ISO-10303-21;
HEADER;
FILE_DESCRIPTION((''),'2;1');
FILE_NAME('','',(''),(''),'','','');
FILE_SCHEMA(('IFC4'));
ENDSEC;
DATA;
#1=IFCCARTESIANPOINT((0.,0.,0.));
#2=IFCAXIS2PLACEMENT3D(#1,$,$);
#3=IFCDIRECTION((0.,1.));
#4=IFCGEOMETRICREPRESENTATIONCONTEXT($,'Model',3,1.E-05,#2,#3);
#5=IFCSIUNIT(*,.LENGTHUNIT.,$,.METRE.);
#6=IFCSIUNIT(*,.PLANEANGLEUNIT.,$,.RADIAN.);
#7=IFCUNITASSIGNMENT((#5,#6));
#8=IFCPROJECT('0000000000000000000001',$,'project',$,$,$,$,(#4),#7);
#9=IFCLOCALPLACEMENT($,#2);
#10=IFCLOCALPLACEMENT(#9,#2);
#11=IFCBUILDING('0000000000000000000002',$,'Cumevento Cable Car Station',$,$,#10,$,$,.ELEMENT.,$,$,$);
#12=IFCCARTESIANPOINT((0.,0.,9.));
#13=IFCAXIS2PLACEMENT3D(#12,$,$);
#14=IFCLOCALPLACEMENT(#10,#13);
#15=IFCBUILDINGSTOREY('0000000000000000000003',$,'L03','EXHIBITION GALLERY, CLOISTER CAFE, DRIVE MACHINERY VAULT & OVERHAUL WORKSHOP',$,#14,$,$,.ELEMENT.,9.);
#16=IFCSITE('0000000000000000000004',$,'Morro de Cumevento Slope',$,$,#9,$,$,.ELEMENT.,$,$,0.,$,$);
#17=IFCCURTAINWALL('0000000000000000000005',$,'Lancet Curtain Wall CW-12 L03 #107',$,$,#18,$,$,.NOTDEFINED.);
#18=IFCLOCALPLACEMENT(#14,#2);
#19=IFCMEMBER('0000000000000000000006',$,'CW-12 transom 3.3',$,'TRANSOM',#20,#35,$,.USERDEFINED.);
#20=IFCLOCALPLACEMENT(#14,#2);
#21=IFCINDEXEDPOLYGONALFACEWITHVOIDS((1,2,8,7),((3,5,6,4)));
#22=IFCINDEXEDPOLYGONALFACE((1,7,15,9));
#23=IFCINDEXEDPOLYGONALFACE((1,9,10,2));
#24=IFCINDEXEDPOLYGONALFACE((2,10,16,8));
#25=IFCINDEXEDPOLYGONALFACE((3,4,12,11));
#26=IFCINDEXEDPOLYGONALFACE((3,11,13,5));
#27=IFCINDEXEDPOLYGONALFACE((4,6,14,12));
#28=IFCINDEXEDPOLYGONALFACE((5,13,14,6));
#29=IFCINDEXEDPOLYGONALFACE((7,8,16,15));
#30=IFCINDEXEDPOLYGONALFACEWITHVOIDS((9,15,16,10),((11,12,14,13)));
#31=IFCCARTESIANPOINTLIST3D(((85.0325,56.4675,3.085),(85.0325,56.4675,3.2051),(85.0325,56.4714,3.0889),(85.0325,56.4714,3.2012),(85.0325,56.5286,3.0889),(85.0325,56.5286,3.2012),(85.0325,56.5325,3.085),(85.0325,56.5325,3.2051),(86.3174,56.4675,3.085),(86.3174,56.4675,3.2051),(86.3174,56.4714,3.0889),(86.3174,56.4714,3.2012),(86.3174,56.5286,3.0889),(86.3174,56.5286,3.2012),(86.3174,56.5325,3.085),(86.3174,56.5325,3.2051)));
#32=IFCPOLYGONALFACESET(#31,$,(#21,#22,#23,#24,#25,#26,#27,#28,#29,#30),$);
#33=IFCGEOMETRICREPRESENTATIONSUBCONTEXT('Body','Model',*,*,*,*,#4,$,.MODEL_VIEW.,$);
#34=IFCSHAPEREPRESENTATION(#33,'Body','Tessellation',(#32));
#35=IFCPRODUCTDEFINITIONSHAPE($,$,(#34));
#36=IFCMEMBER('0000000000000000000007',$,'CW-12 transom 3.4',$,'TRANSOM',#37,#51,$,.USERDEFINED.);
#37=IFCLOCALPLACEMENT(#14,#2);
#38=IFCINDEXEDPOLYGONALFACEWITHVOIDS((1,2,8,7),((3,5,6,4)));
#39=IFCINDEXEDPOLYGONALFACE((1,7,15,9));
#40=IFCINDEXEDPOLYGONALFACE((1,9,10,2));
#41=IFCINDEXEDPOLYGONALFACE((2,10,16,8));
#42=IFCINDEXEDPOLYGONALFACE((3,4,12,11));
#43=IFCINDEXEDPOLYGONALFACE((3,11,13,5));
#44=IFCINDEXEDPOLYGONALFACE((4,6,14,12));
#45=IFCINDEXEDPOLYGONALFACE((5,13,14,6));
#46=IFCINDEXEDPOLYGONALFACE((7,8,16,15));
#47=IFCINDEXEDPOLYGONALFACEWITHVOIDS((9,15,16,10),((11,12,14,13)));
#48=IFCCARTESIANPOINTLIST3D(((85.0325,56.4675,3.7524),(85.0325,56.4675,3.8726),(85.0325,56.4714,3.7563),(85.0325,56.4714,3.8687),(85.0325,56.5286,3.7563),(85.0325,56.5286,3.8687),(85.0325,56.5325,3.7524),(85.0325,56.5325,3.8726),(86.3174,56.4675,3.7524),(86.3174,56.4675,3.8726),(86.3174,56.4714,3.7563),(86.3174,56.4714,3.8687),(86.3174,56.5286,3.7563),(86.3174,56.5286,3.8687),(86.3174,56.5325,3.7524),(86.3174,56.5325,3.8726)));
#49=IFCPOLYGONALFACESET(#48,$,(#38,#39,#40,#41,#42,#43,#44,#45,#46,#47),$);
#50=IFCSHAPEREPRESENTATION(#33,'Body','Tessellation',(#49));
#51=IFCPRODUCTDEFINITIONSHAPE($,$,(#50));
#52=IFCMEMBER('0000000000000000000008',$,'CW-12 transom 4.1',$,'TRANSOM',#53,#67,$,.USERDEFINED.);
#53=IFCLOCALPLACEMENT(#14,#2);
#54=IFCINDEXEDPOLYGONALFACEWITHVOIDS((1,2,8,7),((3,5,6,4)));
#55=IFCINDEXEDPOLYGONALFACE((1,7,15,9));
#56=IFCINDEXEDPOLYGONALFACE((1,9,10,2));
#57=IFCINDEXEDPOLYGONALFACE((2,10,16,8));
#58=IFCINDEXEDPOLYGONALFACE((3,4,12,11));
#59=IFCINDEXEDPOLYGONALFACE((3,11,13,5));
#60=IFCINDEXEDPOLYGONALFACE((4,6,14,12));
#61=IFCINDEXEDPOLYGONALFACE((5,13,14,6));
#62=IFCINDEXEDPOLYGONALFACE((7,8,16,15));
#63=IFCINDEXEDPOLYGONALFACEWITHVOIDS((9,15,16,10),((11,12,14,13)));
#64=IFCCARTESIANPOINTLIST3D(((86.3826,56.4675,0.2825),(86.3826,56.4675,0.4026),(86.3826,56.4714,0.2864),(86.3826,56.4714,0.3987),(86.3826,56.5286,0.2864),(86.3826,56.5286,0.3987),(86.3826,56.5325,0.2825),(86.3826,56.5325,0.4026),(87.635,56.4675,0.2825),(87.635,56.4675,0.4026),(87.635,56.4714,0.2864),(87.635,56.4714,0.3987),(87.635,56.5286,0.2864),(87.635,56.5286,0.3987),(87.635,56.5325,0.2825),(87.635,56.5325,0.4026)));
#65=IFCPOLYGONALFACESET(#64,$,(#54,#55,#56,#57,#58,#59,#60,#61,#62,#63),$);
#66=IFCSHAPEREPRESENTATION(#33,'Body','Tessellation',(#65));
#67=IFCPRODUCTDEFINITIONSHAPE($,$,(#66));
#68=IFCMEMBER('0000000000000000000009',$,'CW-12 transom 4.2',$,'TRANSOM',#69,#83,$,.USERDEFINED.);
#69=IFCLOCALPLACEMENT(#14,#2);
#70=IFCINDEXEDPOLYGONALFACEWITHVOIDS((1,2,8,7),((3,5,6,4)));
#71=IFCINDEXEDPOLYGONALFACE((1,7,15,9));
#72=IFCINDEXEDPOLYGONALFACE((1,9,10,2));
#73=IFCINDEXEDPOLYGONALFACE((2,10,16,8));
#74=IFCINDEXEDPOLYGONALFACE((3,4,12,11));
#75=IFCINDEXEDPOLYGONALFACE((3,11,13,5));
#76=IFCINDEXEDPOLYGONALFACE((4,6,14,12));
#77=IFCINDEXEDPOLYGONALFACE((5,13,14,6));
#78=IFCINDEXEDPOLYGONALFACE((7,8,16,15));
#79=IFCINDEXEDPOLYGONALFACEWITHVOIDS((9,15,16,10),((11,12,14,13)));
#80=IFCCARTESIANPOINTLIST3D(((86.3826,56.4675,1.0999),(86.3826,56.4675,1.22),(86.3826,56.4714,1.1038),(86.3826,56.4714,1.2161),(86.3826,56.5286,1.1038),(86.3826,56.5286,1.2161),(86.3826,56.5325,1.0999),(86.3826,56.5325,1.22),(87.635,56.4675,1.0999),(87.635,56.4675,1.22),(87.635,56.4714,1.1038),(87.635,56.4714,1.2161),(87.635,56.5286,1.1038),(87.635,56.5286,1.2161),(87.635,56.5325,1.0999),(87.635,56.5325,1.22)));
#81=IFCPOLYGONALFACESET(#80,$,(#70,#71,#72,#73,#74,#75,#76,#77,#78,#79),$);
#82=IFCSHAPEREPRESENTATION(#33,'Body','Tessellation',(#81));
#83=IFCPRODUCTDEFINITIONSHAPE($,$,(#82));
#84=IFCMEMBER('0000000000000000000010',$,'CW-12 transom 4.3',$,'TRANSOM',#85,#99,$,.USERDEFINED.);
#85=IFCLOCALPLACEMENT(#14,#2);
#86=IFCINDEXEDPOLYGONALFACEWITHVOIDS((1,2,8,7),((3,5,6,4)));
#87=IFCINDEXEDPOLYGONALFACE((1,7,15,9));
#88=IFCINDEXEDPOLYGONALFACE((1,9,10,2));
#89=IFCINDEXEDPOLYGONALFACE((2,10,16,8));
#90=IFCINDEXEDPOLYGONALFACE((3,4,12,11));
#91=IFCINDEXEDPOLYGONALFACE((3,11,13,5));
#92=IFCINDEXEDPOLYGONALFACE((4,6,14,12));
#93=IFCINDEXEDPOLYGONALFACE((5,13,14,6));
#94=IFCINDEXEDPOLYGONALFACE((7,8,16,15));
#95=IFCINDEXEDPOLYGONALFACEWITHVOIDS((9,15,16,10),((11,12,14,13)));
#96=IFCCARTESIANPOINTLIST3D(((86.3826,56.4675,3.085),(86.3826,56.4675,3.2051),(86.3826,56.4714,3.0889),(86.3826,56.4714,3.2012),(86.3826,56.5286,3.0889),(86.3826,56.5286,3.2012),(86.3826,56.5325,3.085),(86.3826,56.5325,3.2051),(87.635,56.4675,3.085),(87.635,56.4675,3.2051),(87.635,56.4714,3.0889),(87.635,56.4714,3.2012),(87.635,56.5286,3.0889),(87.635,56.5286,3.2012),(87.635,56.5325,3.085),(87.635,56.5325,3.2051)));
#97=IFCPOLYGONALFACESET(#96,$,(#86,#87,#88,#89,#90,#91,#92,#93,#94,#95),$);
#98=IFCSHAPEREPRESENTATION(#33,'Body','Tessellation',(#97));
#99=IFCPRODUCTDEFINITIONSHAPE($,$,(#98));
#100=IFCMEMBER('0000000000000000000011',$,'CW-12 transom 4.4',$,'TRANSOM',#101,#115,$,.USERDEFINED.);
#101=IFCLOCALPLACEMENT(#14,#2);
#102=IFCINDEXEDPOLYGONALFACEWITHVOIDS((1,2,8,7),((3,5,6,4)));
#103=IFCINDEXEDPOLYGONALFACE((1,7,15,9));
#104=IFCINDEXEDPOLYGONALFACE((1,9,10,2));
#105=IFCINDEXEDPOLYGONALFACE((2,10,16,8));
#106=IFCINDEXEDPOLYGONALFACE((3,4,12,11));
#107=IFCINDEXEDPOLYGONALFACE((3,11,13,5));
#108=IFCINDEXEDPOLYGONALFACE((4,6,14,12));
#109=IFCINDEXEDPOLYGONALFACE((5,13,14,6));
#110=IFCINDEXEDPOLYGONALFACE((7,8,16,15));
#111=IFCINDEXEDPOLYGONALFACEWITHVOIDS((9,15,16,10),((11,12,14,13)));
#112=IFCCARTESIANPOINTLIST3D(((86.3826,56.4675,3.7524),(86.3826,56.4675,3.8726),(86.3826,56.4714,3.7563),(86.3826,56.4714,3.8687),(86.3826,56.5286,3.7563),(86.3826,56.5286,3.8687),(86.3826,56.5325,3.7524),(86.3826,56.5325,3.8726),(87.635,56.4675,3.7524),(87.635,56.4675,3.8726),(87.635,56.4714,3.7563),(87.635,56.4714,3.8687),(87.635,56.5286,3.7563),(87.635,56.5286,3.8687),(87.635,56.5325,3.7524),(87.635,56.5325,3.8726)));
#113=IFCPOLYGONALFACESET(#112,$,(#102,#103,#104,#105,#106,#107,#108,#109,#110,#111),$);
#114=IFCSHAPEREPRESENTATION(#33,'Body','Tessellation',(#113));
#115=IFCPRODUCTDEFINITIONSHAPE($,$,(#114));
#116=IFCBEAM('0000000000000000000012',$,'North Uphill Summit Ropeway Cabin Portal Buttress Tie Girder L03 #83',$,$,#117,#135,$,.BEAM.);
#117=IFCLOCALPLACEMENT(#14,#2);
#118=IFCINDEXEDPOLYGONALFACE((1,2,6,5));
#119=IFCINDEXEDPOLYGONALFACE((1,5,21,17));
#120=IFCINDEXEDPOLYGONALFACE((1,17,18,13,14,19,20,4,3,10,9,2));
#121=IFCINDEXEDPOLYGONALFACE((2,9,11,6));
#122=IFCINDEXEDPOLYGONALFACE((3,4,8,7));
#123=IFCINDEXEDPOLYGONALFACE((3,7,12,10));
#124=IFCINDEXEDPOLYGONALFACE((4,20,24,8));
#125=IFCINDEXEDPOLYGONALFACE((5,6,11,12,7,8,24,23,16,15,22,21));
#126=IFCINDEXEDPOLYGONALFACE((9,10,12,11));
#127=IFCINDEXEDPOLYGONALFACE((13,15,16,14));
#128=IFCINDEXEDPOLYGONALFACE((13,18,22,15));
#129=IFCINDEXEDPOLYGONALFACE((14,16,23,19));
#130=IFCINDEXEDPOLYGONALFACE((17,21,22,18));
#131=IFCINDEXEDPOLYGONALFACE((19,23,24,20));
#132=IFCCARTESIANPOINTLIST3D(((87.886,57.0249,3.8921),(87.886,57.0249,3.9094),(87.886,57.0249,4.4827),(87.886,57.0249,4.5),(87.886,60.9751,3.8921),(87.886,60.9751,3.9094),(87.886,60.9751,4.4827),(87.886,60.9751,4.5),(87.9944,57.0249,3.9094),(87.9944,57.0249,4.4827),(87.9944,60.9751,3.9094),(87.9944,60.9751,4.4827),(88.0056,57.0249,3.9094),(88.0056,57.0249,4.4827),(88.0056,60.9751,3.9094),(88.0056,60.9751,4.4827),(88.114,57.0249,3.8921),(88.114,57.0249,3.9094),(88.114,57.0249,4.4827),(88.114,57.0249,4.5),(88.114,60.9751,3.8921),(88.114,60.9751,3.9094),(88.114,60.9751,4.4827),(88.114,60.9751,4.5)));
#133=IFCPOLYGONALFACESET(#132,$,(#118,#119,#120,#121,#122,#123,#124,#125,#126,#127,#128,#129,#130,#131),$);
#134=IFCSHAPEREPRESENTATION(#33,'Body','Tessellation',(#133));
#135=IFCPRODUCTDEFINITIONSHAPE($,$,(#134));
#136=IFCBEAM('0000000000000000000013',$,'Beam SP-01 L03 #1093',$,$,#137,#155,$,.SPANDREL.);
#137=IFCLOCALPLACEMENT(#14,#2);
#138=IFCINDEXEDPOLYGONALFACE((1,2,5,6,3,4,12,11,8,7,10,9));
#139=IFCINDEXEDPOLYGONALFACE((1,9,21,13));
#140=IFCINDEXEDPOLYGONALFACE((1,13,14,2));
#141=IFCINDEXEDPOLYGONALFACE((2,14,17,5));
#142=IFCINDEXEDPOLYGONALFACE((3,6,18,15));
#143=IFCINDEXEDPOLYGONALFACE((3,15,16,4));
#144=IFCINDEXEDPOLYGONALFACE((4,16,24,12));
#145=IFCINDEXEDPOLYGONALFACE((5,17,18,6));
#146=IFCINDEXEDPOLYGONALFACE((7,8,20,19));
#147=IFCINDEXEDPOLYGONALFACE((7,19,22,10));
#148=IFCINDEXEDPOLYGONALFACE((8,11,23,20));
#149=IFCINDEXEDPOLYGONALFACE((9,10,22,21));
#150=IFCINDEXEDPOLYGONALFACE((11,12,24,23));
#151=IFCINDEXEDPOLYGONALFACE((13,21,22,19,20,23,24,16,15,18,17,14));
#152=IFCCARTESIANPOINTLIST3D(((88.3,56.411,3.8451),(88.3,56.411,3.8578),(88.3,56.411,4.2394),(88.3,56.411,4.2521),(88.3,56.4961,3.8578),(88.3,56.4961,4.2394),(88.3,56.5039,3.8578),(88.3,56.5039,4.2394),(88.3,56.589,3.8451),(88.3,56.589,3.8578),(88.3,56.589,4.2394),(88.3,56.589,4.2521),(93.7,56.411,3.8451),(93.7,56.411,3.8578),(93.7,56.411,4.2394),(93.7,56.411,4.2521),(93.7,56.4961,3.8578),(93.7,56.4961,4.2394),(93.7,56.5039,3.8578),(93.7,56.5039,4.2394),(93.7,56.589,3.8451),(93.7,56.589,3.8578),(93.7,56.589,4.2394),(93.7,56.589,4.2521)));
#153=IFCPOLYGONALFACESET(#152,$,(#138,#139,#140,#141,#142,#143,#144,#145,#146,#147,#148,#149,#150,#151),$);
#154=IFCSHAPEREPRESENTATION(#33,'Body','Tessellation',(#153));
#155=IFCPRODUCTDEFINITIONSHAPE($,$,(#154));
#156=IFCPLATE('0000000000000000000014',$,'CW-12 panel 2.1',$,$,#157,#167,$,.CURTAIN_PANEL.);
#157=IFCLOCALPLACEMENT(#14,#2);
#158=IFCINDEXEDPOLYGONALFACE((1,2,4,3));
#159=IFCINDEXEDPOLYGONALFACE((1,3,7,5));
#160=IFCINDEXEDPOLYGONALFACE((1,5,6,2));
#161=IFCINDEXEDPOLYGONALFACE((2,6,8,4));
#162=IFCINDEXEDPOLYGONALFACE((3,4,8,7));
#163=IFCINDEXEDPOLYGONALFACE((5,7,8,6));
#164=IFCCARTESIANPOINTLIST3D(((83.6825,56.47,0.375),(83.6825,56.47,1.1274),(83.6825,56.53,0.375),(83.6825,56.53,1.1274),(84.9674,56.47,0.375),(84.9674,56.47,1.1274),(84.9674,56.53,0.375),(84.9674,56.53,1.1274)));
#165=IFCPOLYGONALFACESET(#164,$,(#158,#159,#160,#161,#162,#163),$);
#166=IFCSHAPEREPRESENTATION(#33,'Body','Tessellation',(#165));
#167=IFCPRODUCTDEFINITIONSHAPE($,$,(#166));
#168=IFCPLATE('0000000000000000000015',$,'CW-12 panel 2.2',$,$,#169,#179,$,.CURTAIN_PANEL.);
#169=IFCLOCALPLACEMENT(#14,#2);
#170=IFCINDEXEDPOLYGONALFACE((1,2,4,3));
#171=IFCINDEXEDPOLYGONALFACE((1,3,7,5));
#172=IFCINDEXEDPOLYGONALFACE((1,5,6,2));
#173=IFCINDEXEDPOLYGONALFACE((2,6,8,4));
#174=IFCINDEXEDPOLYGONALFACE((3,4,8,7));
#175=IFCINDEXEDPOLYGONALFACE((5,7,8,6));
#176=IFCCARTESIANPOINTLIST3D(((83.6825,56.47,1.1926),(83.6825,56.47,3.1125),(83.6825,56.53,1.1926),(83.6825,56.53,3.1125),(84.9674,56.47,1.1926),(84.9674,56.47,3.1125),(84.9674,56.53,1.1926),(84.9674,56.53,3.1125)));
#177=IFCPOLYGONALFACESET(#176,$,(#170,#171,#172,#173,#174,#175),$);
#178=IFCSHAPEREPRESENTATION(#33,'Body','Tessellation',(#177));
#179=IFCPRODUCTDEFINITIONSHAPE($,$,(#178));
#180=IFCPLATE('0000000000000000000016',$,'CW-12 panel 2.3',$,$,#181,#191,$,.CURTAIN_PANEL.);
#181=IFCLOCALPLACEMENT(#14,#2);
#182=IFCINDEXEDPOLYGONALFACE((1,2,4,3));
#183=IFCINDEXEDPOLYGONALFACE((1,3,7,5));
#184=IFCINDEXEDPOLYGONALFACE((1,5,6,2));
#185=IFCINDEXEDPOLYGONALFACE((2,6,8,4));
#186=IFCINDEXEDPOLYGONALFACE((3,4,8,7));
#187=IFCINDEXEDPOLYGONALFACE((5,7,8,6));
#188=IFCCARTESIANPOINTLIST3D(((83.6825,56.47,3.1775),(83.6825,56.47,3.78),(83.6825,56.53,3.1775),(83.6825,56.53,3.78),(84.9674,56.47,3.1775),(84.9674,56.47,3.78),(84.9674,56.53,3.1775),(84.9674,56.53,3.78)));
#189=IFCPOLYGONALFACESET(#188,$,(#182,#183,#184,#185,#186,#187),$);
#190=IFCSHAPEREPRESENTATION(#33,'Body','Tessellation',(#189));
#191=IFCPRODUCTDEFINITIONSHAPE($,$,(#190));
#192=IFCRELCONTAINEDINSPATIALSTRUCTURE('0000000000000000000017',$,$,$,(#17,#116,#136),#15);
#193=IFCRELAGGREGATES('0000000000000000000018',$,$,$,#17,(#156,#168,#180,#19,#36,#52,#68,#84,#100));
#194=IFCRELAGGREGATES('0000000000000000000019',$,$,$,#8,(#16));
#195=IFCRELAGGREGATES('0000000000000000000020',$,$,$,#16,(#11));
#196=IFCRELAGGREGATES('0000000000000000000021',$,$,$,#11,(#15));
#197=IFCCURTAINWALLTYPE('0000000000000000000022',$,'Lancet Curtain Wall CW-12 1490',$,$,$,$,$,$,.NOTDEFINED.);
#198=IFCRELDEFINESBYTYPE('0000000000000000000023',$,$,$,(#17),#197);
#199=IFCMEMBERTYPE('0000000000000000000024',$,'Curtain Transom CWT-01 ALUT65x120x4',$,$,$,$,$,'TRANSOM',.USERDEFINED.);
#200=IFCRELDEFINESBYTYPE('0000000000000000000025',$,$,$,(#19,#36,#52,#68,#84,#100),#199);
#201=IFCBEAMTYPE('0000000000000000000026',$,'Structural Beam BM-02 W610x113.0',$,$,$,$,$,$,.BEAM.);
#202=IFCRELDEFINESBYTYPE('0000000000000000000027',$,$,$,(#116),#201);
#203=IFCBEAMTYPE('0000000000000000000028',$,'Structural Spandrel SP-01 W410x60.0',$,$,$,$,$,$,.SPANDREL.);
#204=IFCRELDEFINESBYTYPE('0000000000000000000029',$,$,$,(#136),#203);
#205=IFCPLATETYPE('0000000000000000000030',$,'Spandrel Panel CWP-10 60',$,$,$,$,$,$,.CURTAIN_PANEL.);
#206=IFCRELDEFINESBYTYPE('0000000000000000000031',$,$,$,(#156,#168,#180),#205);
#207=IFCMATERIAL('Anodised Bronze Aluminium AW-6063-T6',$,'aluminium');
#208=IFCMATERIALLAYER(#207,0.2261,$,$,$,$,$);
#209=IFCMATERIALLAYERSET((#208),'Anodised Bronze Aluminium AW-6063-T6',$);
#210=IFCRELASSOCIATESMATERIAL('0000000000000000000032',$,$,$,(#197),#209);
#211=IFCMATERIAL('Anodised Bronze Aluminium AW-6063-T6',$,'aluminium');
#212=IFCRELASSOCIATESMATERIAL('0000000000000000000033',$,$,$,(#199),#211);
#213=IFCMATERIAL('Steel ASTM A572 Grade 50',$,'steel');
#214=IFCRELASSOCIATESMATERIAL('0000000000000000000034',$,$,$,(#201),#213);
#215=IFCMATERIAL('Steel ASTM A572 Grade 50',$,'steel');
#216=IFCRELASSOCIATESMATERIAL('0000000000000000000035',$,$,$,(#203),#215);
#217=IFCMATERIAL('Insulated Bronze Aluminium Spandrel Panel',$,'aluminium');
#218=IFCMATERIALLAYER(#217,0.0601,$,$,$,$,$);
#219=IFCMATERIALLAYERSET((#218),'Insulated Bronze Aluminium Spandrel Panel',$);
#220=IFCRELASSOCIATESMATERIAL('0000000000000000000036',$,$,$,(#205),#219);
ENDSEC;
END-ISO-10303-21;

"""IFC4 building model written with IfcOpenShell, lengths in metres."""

from ifc_helpers import new_model, si_unit, direction, frame, origin, origin_2d, place, context, subcontext, project, spatial, rectangle, hollow_rectangle, i_section, extrude, material, layer, layer_set, material_profile, profile_set, type_object, element, aggregate, save


model = new_model("IFC4")

# Units and contexts
model_context = context("Model", 3, precision=1e-05, world=origin(), true_north=direction((0.0, 1.0)))
body_context = subcontext(model_context, "Body", "Model", "MODEL_VIEW")
ifc_project = project(units=[si_unit("LENGTHUNIT", "METRE"), si_unit("PLANEANGLEUNIT", "RADIAN")], contexts=[model_context])

# Site, building, storey
site_placement = place(None, origin())
site = spatial("IfcSite", under=ifc_project, at=site_placement, Name="Morro de Cumevento Slope", CompositionType="ELEMENT", RefElevation=0.0)
building_placement = place(site_placement, origin())
building = spatial("IfcBuilding", under=site, at=building_placement, Name="Cumevento Cable Car Station", CompositionType="ELEMENT")
storey_placement = place(building_placement, frame((0.0, 0.0, 9.0)))
storey = spatial("IfcBuildingStorey", under=building, at=storey_placement, Name="L03", Description="EXHIBITION GALLERY, CLOISTER CAFE, DRIVE MACHINERY VAULT & OVERHAUL WORKSHOP", CompositionType="ELEMENT", Elevation=9.0)

# Curtain wall
ifc_material_1 = material(Name="Anodised Bronze Aluminium AW-6063-T6", Category="aluminium")
ifc_layer_1 = layer(ifc_material_1, 0.2261)
ifc_layer_set_1 = layer_set([ifc_layer_1], Name="Anodised Bronze Aluminium AW-6063-T6")
curtain_wall_type_1 = type_object("IfcCurtainWallType", Name="Lancet Curtain Wall CW-12 1490", PredefinedType="NOTDEFINED", material=ifc_layer_set_1)
curtain_wall_1_placement = place(storey_placement, origin())
curtain_wall_1 = element("IfcCurtainWall", 1, at=curtain_wall_1_placement, inside=storey, type_object=curtain_wall_type_1, Name="Lancet Curtain Wall CW-12 L03 #107", PredefinedType="NOTDEFINED")

# Members
ifc_material_2 = material(Name="Anodised Bronze Aluminium AW-6063-T6", Category="aluminium")
ifc_material_profile_1 = material_profile(ifc_material_2, hollow_rectangle(XDim=0.0649, YDim=0.1201, WallThickness=0.0039, at=origin_2d()), Name="ALUT65x120x4")
ifc_profile_set_1 = profile_set([ifc_material_profile_1], Name="Anodised Bronze Aluminium AW-6063-T6")
member_type_1 = type_object("IfcMemberType", Name="Curtain Transom CWT-01 ALUT65x120x4", ElementType="TRANSOM", PredefinedType="USERDEFINED", material=ifc_profile_set_1)
member_1_placement = place(storey_placement, frame((85.0325, 56.5, 3.145), z_axis=(1.0, 0.0, 0.0), x_axis=(0.0, 1.0, 0.0)))
member_1 = element("IfcMember", 2, at=member_1_placement, type_object=member_type_1, Name="CW-12 transom 3.3", ObjectType="TRANSOM", PredefinedType="USERDEFINED", context=body_context, shape_type="SweptSolid", body=[
    extrude(hollow_rectangle(XDim=0.0649, YDim=0.1201, WallThickness=0.0039, at=origin_2d()), origin(), (0.0, 0.0, 1.0), 1.2849),
])
member_2_placement = place(storey_placement, frame((85.0325, 56.5, 3.8125), z_axis=(1.0, 0.0, 0.0), x_axis=(0.0, 1.0, 0.0)))
member_2 = element("IfcMember", 3, at=member_2_placement, type_object=member_type_1, Name="CW-12 transom 3.4", ObjectType="TRANSOM", PredefinedType="USERDEFINED", context=body_context, shape_type="SweptSolid", body=[
    extrude(hollow_rectangle(XDim=0.0649, YDim=0.1201, WallThickness=0.0039, at=origin_2d()), origin(), (0.0, 0.0, 1.0), 1.2849),
])
member_3_placement = place(storey_placement, frame((86.3826, 56.5, 0.3425), z_axis=(1.0, 0.0, 0.0), x_axis=(0.0, 1.0, 0.0)))
member_3 = element("IfcMember", 4, at=member_3_placement, type_object=member_type_1, Name="CW-12 transom 4.1", ObjectType="TRANSOM", PredefinedType="USERDEFINED", context=body_context, shape_type="SweptSolid", body=[
    extrude(hollow_rectangle(XDim=0.0649, YDim=0.1201, WallThickness=0.0039, at=origin_2d()), origin(), (0.0, 0.0, 1.0), 1.2524),
])
member_4_placement = place(storey_placement, frame((86.3826, 56.5, 1.1599), z_axis=(1.0, 0.0, 0.0), x_axis=(0.0, 1.0, 0.0)))
member_4 = element("IfcMember", 5, at=member_4_placement, type_object=member_type_1, Name="CW-12 transom 4.2", ObjectType="TRANSOM", PredefinedType="USERDEFINED", context=body_context, shape_type="SweptSolid", body=[
    extrude(hollow_rectangle(XDim=0.0649, YDim=0.1201, WallThickness=0.0039, at=origin_2d()), origin(), (0.0, 0.0, 1.0), 1.2524),
])
member_5_placement = place(storey_placement, frame((86.3826, 56.5, 3.145), z_axis=(1.0, 0.0, 0.0), x_axis=(0.0, 1.0, 0.0)))
member_5 = element("IfcMember", 6, at=member_5_placement, type_object=member_type_1, Name="CW-12 transom 4.3", ObjectType="TRANSOM", PredefinedType="USERDEFINED", context=body_context, shape_type="SweptSolid", body=[
    extrude(hollow_rectangle(XDim=0.0649, YDim=0.1201, WallThickness=0.0039, at=origin_2d()), origin(), (0.0, 0.0, 1.0), 1.2524),
])
member_6_placement = place(storey_placement, frame((86.3826, 56.5, 3.8125), z_axis=(1.0, 0.0, 0.0), x_axis=(0.0, 1.0, 0.0)))
member_6 = element("IfcMember", 7, at=member_6_placement, type_object=member_type_1, Name="CW-12 transom 4.4", ObjectType="TRANSOM", PredefinedType="USERDEFINED", context=body_context, shape_type="SweptSolid", body=[
    extrude(hollow_rectangle(XDim=0.0649, YDim=0.1201, WallThickness=0.0039, at=origin_2d()), origin(), (0.0, 0.0, 1.0), 1.2524),
])

# Beams
ifc_material_3 = material(Name="Steel ASTM A572 Grade 50", Category="steel")
ifc_material_profile_2 = material_profile(ifc_material_3, i_section(OverallWidth=0.228, OverallDepth=0.6079, WebThickness=0.0112, FlangeThickness=0.0173, at=origin_2d()), Name="W610x113.0")
ifc_profile_set_2 = profile_set([ifc_material_profile_2], Name="Steel ASTM A572 Grade 50")
beam_type_1 = type_object("IfcBeamType", Name="Structural Beam BM-02 W610x113.0", PredefinedType="BEAM", material=ifc_profile_set_2)
beam_1_placement = place(storey_placement, frame((88.0, 57.0249, 4.196), z_axis=(0.0, 1.0, 0.0), x_axis=(-1.0, 0.0, 0.0)))
element("IfcBeam", 8, at=beam_1_placement, inside=storey, type_object=beam_type_1, Name="North Uphill Summit Ropeway Cabin Portal Buttress Tie Girder L03 #83", PredefinedType="BEAM", context=body_context, shape_type="SweptSolid", body=[
    extrude(i_section(OverallWidth=0.228, OverallDepth=0.6079, WebThickness=0.0112, FlangeThickness=0.0173, at=origin_2d()), origin(), (0.0, 0.0, 1.0), 3.9502),
])
ifc_material_4 = material(Name="Steel ASTM A572 Grade 50", Category="steel")
ifc_material_profile_3 = material_profile(ifc_material_4, i_section(OverallWidth=0.178, OverallDepth=0.407, WebThickness=0.0078, FlangeThickness=0.0127, at=origin_2d()), Name="W410x60.0")
ifc_profile_set_3 = profile_set([ifc_material_profile_3], Name="Steel ASTM A572 Grade 50")
beam_type_2 = type_object("IfcBeamType", Name="Structural Spandrel SP-01 W410x60.0", PredefinedType="SPANDREL", material=ifc_profile_set_3)
beam_2_placement = place(storey_placement, frame((88.3, 56.5, 4.0486), z_axis=(1.0, 0.0, 0.0), x_axis=(0.0, 1.0, 0.0)))
element("IfcBeam", 9, at=beam_2_placement, inside=storey, type_object=beam_type_2, Name="Beam SP-01 L03 #1093", PredefinedType="SPANDREL", context=body_context, shape_type="SweptSolid", body=[
    extrude(i_section(OverallWidth=0.178, OverallDepth=0.407, WebThickness=0.0078, FlangeThickness=0.0127, at=origin_2d()), origin(), (0.0, 0.0, 1.0), 5.3999),
])

# Plates
ifc_material_5 = material(Name="Insulated Bronze Aluminium Spandrel Panel", Category="aluminium")
ifc_layer_2 = layer(ifc_material_5, 0.0601)
ifc_layer_set_2 = layer_set([ifc_layer_2], Name="Insulated Bronze Aluminium Spandrel Panel")
plate_type = type_object("IfcPlateType", Name="Spandrel Panel CWP-10 60", PredefinedType="CURTAIN_PANEL", material=ifc_layer_set_2)
plate_1_placement = place(storey_placement, frame((84.325, 56.5, 0.375), z_axis=(0.0, 0.0, 1.0), x_axis=(1.0, 0.0, 0.0)))
plate_1 = element("IfcPlate", 10, at=plate_1_placement, type_object=plate_type, Name="CW-12 panel 2.1", PredefinedType="CURTAIN_PANEL", context=body_context, shape_type="SweptSolid", body=[
    extrude(rectangle(XDim=1.2849, YDim=0.0601, at=origin_2d()), origin(), (0.0, 0.0, 1.0), 0.7524),
])
plate_2_placement = place(storey_placement, frame((84.325, 56.5, 1.1926), z_axis=(0.0, 0.0, 1.0), x_axis=(1.0, 0.0, 0.0)))
plate_2 = element("IfcPlate", 11, at=plate_2_placement, type_object=plate_type, Name="CW-12 panel 2.2", PredefinedType="CURTAIN_PANEL", context=body_context, shape_type="SweptSolid", body=[
    extrude(rectangle(XDim=1.2849, YDim=0.0601, at=origin_2d()), origin(), (0.0, 0.0, 1.0), 1.9199),
])
plate_3_placement = place(storey_placement, frame((84.325, 56.5, 3.1775), z_axis=(0.0, 0.0, 1.0), x_axis=(1.0, 0.0, 0.0)))
plate_3 = element("IfcPlate", 12, at=plate_3_placement, type_object=plate_type, Name="CW-12 panel 2.3", PredefinedType="CURTAIN_PANEL", context=body_context, shape_type="SweptSolid", body=[
    extrude(rectangle(XDim=1.2849, YDim=0.0601, at=origin_2d()), origin(), (0.0, 0.0, 1.0), 0.6025),
])
aggregate(curtain_wall_1, [plate_1, plate_2, plate_3, member_1, member_2, member_3, member_4, member_5, member_6])

save(model, "model.ifc")
